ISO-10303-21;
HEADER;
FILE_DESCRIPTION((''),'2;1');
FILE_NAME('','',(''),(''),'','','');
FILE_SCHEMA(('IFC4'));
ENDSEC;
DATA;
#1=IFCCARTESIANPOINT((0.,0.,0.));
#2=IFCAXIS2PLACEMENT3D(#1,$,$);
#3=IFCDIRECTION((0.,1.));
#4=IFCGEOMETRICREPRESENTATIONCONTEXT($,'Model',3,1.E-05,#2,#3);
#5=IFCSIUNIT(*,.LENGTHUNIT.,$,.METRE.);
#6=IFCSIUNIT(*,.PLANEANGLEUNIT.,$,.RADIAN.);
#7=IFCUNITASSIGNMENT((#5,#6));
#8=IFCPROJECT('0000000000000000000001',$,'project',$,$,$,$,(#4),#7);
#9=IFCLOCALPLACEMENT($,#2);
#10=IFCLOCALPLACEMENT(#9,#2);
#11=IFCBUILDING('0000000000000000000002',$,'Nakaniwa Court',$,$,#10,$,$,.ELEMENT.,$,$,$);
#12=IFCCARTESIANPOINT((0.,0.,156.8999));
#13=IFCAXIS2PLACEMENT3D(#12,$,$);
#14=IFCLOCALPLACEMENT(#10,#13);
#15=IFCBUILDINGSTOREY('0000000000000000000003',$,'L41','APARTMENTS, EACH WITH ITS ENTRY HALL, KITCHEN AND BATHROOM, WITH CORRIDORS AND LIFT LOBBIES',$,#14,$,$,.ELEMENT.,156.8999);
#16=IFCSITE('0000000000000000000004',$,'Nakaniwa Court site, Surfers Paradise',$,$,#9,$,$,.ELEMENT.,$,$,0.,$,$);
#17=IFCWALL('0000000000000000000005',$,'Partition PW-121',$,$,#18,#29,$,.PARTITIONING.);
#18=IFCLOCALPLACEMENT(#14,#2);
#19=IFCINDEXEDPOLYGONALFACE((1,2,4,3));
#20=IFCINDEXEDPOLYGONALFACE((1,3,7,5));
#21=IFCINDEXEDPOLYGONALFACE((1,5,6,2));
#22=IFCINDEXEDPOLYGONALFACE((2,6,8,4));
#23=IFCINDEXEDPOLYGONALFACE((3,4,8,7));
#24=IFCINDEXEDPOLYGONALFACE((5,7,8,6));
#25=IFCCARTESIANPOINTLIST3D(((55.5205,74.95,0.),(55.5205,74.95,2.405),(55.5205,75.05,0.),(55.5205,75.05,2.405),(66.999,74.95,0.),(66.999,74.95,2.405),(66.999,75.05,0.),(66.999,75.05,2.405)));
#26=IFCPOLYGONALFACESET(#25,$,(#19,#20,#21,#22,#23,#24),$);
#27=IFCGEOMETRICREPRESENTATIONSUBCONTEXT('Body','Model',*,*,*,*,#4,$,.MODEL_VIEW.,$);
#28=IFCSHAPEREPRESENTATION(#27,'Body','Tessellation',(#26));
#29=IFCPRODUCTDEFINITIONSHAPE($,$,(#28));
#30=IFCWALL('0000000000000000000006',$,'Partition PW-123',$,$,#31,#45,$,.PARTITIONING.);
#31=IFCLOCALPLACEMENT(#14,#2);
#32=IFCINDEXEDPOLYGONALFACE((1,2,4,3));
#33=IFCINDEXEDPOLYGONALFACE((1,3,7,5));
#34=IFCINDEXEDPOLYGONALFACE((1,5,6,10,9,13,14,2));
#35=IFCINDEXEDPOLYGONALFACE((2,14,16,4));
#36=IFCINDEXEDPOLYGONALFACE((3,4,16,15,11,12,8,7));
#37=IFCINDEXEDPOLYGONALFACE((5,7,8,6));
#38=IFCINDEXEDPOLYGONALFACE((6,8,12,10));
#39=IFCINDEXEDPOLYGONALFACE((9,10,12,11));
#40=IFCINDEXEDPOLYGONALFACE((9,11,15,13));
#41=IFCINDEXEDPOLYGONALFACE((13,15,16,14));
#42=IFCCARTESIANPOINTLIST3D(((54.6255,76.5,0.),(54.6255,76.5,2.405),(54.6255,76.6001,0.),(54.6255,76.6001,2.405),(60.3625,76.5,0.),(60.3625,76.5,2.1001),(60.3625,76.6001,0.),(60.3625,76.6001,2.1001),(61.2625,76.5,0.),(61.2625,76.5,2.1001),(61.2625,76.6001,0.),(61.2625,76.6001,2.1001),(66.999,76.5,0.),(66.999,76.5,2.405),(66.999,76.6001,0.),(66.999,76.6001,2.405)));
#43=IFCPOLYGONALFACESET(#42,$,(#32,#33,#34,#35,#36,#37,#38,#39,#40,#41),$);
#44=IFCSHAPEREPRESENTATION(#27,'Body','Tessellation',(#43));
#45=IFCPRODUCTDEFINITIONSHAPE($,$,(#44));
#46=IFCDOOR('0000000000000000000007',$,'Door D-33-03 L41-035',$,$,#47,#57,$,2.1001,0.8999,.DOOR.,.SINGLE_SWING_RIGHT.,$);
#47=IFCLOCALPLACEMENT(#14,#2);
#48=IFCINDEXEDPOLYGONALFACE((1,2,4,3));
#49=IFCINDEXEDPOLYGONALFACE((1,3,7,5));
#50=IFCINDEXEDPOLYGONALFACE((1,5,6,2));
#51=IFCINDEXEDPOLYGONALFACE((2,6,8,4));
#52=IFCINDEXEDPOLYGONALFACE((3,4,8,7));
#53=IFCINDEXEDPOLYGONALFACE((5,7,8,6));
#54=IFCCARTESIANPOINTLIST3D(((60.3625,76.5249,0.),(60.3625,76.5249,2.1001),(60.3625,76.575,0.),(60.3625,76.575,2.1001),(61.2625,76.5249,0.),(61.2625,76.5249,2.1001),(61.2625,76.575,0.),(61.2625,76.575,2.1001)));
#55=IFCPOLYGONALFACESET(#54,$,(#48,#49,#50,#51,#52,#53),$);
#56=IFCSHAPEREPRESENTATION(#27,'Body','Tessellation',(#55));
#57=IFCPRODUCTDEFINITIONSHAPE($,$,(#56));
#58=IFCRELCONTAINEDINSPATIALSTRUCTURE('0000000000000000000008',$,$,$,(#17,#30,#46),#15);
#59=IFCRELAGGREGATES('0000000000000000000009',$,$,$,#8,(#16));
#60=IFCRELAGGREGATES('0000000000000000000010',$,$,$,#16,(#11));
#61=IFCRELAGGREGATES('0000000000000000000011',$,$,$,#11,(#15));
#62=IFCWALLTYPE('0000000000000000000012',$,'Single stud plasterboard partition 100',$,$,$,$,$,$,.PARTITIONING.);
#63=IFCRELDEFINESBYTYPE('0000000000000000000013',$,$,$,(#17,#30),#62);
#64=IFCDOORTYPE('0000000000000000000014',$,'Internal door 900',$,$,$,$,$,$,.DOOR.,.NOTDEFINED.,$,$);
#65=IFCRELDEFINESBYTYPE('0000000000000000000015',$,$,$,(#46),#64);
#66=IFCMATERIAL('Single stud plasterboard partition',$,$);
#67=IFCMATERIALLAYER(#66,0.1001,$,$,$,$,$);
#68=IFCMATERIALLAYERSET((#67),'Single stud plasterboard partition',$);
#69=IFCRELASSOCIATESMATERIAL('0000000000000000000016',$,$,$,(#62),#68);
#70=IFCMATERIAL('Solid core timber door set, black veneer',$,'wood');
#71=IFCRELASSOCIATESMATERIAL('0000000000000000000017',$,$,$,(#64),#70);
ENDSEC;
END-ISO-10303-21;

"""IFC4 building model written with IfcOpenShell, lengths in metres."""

from ifc_helpers import new_model, si_unit, direction, frame, frame_2d, origin, place, context, subcontext, project, spatial, rectangle, extrude, material, layer, layer_set, type_object, element, fill, save


model = new_model("IFC4")

# Units and contexts
model_context = context("Model", 3, precision=1e-05, world=origin(), true_north=direction((0.0, 1.0)))
body_context = subcontext(model_context, "Body", "Model", "MODEL_VIEW")
ifc_project = project(units=[si_unit("LENGTHUNIT", "METRE"), si_unit("PLANEANGLEUNIT", "RADIAN")], contexts=[model_context])

# Site, building, storey
site_placement = place(None, origin())
site = spatial("IfcSite", under=ifc_project, at=site_placement, Name="Nakaniwa Court site, Surfers Paradise", CompositionType="ELEMENT", RefElevation=0.0)
building_placement = place(site_placement, origin())
building = spatial("IfcBuilding", under=site, at=building_placement, Name="Nakaniwa Court", CompositionType="ELEMENT")
storey_placement = place(building_placement, frame((0.0, 0.0, 156.8999)))
storey = spatial("IfcBuildingStorey", under=building, at=storey_placement, Name="L41", Description="APARTMENTS, EACH WITH ITS ENTRY HALL, KITCHEN AND BATHROOM, WITH CORRIDORS AND LIFT LOBBIES", CompositionType="ELEMENT", Elevation=156.8999)

# Shared definitions
ifc_material_1 = material(Name="Solid core timber door set, black veneer", Category="wood")

# Wall
ifc_material_2 = material(Name="Single stud plasterboard partition")
ifc_layer_1 = layer(ifc_material_2, 0.1001)
ifc_layer_set_1 = layer_set([ifc_layer_1], Name="Single stud plasterboard partition")
wall_type_1 = type_object("IfcWallType", Name="Single stud plasterboard partition 100", PredefinedType="PARTITIONING", material=ifc_layer_set_1)
wall_1_placement = place(storey_placement, frame((55.5205, 75.0, 0.0), z_axis=(0.0, 0.0, 1.0), x_axis=(1.0, 0.0, 0.0)))
element("IfcWall", 1, at=wall_1_placement, inside=storey, type_object=wall_type_1, Name="Partition PW-121", PredefinedType="PARTITIONING", context=body_context, shape_type="SweptSolid", body=[
    extrude(rectangle(XDim=11.4785, YDim=0.1001, at=frame_2d((5.7393, 0.0))), origin(), (0.0, 0.0, 1.0), 2.405),
])

# Wall, opening, door
wall_2_placement = place(storey_placement, frame((54.6255, 76.55, 0.0), z_axis=(0.0, 0.0, 1.0), x_axis=(1.0, 0.0, 0.0)))
wall_2 = element("IfcWall", 2, at=wall_2_placement, inside=storey, type_object=wall_type_1, Name="Partition PW-123", PredefinedType="PARTITIONING", context=body_context, shape_type="SweptSolid", body=[
    extrude(rectangle(XDim=12.3735, YDim=0.1001, at=frame_2d((6.1868, 0.0))), origin(), (0.0, 0.0, 1.0), 2.405),
])
opening_1_placement = place(wall_2_placement, frame((5.7371, 0.0, 0.0)))
opening_1 = element("IfcOpeningElement", 3, at=opening_1_placement, cuts=wall_2, PredefinedType="OPENING", context=body_context, shape_type="SweptSolid", body=[
    extrude(rectangle(XDim=0.8999, YDim=2.1001, at=frame_2d((0.45, 1.05))), frame((0.0, 0.0601, 0.0), z_axis=(0.0, -1.0, 0.0), x_axis=(1.0, 0.0, 0.0)), (0.0, 0.0, 1.0), 0.1201),
])
door_type_1 = type_object("IfcDoorType", Name="Internal door 900", OperationType="NOTDEFINED", PredefinedType="DOOR", material=ifc_material_1)
door_1_placement = place(opening_1_placement, origin())
door_1 = element("IfcDoor", 4, at=door_1_placement, inside=storey, type_object=door_type_1, Name="Door D-33-03 L41-035", OperationType="SINGLE_SWING_RIGHT", OverallHeight=2.1001, OverallWidth=0.8999, PredefinedType="DOOR", context=body_context, shape_type="SweptSolid", body=[
    extrude(rectangle(XDim=0.8999, YDim=2.1001, at=frame_2d((0.45, 1.05))), frame((0.0, 0.0249, 0.0), z_axis=(0.0, -1.0, 0.0), x_axis=(1.0, 0.0, 0.0)), (0.0, 0.0, 1.0), 0.05),
])
fill(opening_1, door_1)

save(model, "model.ifc")
